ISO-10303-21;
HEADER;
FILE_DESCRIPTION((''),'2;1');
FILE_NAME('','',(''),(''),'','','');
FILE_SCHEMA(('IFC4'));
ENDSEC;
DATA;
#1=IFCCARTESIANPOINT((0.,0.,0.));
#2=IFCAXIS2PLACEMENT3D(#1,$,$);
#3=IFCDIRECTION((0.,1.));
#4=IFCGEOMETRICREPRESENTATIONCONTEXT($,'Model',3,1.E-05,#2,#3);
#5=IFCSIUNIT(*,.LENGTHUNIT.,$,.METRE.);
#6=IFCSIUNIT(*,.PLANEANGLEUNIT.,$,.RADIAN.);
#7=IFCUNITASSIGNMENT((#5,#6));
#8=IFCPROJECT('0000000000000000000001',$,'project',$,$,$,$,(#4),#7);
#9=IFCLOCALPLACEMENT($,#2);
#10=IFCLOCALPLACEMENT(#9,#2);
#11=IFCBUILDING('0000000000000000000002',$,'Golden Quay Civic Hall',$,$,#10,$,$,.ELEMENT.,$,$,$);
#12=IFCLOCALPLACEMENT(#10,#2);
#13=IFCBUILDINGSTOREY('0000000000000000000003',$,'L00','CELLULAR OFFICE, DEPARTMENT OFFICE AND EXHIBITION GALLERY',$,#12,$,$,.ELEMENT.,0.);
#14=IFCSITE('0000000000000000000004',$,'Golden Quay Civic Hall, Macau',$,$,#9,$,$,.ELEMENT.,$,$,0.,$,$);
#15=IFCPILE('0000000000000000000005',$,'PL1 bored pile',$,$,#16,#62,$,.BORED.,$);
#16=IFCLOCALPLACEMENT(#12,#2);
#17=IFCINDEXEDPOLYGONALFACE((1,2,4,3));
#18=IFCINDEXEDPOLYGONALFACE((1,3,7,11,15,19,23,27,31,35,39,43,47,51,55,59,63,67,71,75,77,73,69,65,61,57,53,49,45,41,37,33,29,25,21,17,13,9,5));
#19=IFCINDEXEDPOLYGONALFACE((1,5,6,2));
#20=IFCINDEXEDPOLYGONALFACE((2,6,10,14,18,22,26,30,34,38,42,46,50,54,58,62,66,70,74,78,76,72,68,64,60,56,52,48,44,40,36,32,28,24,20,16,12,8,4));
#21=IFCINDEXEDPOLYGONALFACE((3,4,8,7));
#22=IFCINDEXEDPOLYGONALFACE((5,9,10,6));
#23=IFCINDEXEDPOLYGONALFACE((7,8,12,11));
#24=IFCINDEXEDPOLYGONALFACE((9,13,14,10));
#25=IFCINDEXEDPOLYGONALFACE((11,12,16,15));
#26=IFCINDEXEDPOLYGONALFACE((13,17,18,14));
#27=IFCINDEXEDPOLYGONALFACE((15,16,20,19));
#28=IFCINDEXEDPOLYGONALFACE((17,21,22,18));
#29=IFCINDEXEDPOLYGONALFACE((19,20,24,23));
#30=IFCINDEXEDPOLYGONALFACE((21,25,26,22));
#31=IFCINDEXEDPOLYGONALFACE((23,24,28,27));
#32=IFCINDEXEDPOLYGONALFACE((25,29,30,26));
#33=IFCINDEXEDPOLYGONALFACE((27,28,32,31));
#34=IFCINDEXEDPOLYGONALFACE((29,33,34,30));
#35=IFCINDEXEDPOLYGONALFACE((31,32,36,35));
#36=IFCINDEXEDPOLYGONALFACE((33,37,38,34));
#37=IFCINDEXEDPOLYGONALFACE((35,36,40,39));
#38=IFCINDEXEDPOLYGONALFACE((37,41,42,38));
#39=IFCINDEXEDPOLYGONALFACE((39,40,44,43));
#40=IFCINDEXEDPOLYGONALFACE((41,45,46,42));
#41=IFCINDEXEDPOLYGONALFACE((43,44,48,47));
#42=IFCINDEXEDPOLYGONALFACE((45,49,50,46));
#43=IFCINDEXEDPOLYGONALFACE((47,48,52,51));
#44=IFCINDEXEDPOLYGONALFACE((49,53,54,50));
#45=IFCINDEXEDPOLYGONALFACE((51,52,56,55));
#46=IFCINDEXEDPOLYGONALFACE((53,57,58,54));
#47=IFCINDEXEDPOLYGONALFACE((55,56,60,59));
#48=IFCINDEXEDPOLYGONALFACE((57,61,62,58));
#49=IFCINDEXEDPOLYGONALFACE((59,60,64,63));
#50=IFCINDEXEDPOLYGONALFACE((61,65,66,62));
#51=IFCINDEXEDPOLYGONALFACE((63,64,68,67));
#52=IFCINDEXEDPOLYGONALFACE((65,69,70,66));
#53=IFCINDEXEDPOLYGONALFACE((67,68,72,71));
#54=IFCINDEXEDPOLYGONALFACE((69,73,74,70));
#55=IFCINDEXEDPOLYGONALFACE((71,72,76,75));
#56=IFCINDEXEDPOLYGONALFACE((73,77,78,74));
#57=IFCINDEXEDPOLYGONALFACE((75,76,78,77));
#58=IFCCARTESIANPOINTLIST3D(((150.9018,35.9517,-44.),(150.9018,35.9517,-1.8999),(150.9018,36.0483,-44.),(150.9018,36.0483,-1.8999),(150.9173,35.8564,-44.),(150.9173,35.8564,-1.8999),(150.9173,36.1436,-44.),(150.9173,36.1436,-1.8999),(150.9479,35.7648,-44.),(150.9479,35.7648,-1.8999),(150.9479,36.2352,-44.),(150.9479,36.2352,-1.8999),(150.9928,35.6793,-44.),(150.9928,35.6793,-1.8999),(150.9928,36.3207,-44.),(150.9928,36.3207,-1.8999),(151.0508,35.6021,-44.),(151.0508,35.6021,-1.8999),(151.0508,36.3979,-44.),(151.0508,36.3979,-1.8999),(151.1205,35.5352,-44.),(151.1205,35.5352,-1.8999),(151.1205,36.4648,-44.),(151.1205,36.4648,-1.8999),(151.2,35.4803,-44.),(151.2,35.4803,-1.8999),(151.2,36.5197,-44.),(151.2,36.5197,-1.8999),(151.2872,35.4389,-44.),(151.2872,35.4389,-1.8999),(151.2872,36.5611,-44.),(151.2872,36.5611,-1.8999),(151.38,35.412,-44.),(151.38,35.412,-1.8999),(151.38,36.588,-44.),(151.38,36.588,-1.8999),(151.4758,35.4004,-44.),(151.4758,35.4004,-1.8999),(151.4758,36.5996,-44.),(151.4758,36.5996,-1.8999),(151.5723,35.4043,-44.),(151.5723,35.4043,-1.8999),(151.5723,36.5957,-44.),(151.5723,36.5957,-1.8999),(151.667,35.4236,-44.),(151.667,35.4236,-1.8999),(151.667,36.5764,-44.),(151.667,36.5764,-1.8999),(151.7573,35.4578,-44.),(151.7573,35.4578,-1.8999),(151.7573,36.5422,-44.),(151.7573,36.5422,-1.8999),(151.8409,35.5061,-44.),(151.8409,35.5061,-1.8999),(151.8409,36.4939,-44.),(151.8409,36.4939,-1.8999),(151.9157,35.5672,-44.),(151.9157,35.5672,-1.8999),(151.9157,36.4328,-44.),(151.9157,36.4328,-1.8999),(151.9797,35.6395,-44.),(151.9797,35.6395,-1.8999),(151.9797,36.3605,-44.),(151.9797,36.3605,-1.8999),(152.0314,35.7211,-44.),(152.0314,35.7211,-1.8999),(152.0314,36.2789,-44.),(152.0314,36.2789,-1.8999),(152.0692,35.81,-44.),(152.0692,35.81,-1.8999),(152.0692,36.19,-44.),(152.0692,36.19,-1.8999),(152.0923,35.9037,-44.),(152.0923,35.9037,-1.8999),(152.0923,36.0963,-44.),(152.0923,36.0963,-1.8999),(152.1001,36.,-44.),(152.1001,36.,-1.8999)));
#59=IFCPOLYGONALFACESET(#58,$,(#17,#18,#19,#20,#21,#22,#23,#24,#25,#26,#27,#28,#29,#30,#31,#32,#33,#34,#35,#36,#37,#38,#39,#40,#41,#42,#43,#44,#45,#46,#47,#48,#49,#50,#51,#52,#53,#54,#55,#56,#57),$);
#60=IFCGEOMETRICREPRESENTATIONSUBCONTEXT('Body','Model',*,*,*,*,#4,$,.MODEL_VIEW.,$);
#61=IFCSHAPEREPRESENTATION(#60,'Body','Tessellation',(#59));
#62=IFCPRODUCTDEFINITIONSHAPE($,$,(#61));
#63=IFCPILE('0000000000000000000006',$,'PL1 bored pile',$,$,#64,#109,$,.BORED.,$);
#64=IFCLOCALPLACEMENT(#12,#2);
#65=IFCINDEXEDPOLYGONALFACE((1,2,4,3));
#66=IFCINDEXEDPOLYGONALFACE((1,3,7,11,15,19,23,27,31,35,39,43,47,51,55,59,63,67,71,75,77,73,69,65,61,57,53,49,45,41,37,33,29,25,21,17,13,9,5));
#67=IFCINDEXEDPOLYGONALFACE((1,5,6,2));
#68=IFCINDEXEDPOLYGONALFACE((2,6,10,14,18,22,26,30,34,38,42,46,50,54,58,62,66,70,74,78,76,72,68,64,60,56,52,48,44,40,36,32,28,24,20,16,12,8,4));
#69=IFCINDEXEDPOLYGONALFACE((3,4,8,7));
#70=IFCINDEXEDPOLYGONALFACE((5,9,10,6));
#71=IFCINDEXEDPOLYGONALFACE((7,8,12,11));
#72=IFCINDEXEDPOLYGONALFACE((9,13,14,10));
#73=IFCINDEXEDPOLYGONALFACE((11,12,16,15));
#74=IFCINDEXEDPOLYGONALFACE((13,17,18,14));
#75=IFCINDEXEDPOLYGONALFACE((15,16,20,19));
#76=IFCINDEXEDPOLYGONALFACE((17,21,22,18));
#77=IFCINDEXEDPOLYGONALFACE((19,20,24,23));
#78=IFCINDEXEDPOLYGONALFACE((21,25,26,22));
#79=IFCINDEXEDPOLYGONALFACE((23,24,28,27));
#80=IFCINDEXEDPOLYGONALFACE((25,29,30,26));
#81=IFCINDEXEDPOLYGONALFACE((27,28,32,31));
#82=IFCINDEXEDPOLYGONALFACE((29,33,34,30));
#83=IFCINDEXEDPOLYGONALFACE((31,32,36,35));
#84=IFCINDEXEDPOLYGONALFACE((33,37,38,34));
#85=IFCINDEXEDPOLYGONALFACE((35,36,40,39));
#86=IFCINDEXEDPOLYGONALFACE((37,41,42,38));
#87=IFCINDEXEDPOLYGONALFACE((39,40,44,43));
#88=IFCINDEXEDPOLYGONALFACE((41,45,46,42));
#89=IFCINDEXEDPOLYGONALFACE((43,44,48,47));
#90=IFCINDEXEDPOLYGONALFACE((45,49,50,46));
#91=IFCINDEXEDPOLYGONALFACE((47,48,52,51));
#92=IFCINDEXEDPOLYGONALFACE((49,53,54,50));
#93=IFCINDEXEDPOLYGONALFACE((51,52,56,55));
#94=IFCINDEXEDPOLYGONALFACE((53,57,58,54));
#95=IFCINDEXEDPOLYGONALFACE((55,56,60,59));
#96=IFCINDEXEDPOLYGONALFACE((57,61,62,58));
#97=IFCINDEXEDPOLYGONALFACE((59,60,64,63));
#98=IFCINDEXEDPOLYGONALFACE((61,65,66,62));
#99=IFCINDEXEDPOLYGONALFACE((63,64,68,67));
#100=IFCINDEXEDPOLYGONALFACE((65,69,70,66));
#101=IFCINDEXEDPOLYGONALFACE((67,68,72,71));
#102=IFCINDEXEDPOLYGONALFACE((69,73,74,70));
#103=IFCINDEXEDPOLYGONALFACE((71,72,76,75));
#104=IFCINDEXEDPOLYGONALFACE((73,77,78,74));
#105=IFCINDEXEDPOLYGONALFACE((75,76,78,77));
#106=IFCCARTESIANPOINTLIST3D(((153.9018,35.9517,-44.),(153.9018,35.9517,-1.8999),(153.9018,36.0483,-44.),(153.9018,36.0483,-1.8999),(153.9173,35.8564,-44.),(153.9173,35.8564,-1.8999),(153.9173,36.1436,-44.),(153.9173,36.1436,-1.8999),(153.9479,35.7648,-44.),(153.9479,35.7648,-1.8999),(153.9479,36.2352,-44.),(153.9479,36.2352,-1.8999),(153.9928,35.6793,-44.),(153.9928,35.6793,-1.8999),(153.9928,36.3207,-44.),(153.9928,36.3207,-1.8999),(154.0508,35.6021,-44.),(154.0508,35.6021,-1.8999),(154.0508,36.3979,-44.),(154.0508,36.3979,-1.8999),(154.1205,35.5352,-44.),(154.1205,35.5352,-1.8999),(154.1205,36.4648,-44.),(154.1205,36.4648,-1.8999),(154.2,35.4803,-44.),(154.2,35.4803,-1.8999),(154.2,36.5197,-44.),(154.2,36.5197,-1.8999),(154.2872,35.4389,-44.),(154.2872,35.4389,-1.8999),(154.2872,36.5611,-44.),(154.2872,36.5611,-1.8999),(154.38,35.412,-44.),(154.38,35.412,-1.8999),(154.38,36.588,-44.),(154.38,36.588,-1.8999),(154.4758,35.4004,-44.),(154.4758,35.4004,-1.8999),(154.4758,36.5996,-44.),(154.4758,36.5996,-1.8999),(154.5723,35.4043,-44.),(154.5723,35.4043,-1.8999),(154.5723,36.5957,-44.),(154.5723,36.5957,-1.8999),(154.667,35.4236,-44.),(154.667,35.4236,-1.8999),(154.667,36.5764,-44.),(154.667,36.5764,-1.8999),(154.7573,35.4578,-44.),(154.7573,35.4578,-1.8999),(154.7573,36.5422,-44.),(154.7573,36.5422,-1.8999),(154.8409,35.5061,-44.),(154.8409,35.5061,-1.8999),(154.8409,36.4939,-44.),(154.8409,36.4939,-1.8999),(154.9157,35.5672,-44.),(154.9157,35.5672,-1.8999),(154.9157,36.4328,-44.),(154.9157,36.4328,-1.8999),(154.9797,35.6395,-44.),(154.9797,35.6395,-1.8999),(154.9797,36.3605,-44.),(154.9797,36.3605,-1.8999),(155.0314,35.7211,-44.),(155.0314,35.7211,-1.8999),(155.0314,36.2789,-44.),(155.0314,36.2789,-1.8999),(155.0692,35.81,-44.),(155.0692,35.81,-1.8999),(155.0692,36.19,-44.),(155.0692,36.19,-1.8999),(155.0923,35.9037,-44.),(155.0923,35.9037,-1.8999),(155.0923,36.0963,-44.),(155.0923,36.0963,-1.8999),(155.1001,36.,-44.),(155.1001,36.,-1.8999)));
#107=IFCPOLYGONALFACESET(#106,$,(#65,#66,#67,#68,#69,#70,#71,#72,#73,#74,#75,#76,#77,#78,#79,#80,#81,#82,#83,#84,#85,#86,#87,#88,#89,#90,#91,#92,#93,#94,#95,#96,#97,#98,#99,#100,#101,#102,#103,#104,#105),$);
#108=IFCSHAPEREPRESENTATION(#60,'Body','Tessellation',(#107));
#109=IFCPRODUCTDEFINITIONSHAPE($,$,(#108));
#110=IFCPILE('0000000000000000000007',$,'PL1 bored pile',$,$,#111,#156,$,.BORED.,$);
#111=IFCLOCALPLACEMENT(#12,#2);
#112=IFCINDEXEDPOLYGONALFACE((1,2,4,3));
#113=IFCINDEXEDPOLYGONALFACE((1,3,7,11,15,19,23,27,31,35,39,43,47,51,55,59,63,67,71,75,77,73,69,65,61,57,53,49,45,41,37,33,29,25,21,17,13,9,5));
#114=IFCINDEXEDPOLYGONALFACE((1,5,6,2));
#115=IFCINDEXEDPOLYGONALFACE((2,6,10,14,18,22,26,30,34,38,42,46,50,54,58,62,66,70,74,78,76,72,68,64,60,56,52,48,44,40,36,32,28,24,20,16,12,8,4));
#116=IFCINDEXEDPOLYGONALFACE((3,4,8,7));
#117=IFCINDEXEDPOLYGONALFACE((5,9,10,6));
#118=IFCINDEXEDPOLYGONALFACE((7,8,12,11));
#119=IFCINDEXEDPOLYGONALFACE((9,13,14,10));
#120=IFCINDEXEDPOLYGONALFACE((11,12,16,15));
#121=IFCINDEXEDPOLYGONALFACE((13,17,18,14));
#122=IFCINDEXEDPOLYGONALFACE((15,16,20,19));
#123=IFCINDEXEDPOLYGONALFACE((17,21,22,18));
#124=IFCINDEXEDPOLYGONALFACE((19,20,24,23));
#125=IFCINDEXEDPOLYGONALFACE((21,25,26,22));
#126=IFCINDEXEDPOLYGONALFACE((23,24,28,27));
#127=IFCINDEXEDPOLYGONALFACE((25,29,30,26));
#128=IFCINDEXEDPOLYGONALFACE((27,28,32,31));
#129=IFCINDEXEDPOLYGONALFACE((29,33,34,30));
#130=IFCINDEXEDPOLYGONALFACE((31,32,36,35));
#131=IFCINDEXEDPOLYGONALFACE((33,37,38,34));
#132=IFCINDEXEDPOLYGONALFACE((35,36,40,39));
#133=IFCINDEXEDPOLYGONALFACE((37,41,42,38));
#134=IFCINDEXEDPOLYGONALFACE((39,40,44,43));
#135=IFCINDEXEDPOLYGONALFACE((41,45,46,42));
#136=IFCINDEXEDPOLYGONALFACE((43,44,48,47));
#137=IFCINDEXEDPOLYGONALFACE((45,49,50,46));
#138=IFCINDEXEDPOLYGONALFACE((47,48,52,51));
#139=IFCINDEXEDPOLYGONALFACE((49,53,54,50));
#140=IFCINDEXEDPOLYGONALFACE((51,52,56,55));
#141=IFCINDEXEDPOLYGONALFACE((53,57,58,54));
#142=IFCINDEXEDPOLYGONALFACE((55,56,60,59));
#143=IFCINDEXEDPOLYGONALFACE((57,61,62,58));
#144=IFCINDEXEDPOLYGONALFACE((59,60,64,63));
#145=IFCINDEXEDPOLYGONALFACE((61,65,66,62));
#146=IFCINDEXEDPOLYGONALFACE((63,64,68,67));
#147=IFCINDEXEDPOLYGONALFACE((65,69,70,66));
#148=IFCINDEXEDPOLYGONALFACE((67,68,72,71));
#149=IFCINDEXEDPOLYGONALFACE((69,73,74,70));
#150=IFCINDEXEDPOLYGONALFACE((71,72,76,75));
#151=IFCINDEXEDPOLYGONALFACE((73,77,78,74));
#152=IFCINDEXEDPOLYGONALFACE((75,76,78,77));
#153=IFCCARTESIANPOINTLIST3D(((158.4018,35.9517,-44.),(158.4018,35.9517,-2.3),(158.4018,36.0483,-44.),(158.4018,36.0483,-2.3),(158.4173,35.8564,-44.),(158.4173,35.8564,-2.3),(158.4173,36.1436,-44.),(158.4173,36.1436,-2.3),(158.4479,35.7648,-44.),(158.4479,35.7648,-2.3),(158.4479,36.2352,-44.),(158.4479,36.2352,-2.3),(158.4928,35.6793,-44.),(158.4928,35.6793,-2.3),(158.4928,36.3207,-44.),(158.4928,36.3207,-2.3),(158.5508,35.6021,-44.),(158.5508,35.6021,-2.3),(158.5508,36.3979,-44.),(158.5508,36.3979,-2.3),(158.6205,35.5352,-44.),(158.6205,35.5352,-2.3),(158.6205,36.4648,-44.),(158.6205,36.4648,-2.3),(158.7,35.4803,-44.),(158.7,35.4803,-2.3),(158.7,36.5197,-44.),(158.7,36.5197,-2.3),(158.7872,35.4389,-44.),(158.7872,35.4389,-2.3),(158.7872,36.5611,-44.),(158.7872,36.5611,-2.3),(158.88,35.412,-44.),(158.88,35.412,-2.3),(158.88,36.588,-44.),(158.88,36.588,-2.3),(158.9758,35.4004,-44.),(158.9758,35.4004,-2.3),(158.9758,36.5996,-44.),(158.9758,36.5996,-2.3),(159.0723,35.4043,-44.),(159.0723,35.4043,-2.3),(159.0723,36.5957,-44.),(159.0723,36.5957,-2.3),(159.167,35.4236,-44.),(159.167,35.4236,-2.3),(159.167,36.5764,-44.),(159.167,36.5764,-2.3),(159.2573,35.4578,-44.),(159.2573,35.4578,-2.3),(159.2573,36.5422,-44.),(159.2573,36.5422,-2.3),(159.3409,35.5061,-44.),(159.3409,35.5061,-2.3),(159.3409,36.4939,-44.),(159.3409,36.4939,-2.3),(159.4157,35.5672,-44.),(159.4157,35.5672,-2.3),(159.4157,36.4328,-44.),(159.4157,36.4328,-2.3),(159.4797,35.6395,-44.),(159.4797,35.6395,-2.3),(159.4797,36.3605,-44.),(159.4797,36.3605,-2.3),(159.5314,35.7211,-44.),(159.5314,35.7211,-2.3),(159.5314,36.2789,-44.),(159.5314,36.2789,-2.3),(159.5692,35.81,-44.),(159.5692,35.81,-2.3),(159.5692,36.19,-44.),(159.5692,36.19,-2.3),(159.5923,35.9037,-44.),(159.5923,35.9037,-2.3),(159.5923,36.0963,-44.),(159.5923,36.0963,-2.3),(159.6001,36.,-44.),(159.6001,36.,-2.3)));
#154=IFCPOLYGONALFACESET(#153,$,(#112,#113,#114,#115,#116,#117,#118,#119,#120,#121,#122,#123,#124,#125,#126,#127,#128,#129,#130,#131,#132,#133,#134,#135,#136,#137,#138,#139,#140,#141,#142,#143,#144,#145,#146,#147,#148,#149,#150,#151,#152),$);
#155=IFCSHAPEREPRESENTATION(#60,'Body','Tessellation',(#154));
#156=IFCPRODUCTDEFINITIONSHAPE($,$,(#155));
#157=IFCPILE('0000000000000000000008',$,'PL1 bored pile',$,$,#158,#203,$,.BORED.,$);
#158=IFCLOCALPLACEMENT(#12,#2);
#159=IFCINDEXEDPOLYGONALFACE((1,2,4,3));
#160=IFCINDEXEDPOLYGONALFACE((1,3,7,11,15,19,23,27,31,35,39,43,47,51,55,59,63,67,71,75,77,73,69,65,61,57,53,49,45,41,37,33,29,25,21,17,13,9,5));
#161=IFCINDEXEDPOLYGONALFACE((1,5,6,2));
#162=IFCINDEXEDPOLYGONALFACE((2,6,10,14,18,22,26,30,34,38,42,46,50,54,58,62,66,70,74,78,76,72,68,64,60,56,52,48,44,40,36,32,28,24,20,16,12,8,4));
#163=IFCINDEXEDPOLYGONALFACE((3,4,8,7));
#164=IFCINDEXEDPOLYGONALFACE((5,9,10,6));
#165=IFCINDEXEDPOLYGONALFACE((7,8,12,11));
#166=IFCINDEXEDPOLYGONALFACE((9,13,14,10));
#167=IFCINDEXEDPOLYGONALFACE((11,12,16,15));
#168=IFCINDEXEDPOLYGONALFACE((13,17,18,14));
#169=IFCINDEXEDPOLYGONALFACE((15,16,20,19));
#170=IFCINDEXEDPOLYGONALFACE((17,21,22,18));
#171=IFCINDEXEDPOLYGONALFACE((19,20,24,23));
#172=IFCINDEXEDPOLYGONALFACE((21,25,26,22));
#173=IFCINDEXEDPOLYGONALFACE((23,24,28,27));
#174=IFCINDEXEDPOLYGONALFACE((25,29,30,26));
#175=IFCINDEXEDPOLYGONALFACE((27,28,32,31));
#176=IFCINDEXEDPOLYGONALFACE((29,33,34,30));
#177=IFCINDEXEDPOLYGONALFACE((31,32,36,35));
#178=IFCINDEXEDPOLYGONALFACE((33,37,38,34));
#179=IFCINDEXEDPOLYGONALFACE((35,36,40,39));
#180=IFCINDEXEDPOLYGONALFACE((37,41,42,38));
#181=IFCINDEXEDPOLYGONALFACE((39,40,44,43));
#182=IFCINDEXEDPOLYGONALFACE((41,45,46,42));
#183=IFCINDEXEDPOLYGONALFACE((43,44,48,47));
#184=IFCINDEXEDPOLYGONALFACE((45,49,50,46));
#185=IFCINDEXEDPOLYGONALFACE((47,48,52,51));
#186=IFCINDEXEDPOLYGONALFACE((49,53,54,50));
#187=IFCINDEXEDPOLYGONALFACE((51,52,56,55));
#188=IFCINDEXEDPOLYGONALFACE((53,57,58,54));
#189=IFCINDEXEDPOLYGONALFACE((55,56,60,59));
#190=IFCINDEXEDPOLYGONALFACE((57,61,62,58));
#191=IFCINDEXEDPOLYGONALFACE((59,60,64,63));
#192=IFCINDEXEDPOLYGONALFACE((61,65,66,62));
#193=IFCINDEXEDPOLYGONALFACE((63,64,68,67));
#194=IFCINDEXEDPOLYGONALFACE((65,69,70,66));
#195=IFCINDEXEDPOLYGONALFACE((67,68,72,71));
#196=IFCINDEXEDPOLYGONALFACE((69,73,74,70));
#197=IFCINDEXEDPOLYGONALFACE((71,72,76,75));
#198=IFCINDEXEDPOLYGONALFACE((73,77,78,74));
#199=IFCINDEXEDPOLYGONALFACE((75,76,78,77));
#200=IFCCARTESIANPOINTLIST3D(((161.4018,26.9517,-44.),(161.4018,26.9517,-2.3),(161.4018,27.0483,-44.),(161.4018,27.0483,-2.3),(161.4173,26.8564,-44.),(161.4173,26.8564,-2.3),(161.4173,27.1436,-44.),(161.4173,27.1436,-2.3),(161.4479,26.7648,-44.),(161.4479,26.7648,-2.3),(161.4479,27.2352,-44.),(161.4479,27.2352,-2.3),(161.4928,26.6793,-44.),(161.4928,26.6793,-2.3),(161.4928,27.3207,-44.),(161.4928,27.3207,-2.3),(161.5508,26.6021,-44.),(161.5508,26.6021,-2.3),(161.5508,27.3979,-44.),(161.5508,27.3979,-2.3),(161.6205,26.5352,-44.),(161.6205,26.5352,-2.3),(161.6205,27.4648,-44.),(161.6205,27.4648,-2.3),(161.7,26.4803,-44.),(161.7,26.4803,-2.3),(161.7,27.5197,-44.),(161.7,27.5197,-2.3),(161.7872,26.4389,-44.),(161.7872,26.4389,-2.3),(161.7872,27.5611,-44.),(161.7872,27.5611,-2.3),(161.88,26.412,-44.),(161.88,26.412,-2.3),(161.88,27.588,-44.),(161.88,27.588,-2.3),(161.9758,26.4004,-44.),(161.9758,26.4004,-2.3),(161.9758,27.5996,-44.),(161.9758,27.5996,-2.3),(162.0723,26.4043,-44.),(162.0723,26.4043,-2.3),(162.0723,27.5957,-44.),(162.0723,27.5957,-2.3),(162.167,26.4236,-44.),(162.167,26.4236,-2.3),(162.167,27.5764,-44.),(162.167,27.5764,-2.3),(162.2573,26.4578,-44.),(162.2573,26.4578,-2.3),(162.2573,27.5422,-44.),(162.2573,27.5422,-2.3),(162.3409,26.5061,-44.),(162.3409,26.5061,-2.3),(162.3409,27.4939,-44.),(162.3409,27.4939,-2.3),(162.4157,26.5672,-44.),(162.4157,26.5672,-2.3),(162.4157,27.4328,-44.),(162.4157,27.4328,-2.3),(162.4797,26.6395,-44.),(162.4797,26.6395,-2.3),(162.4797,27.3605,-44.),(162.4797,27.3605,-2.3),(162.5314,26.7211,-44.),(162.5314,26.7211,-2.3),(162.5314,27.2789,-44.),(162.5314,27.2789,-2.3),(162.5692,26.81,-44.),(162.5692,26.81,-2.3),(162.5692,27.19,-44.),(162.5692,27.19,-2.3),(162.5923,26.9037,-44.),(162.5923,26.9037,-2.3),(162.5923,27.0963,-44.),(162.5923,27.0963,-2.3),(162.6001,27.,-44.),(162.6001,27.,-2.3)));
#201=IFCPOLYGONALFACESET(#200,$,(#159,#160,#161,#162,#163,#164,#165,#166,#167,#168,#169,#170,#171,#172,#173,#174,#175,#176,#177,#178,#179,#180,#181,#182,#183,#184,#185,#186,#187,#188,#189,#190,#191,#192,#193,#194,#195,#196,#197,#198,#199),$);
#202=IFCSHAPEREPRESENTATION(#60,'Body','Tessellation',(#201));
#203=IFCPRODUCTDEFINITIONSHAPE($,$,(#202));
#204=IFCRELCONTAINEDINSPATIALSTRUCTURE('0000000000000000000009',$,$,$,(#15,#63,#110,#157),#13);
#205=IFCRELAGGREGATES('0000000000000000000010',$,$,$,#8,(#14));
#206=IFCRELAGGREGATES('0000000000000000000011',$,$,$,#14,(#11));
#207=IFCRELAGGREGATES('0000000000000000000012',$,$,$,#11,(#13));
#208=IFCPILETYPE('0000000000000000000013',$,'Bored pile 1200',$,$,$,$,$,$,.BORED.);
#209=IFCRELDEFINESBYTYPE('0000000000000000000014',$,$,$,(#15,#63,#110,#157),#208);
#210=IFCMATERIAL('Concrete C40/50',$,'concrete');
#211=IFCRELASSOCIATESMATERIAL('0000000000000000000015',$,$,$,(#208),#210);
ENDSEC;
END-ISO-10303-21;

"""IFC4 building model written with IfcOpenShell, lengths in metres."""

from ifc_helpers import new_model, si_unit, direction, frame, origin, origin_2d, place, context, subcontext, project, spatial, circle, extrude, material, material_profile, profile_set, type_object, element, save


model = new_model("IFC4")

# Units and contexts
model_context = context("Model", 3, precision=1e-05, world=origin(), true_north=direction((0.0, 1.0)))
body_context = subcontext(model_context, "Body", "Model", "MODEL_VIEW")
ifc_project = project(units=[si_unit("LENGTHUNIT", "METRE"), si_unit("PLANEANGLEUNIT", "RADIAN")], contexts=[model_context])

# Site, building, storey
site_placement = place(None, origin())
site = spatial("IfcSite", under=ifc_project, at=site_placement, Name="Golden Quay Civic Hall, Macau", CompositionType="ELEMENT", RefElevation=0.0)
building_placement = place(site_placement, origin())
building = spatial("IfcBuilding", under=site, at=building_placement, Name="Golden Quay Civic Hall", CompositionType="ELEMENT")
storey_placement = place(building_placement, origin())
storey = spatial("IfcBuildingStorey", under=building, at=storey_placement, Name="L00", Description="CELLULAR OFFICE, DEPARTMENT OFFICE AND EXHIBITION GALLERY", CompositionType="ELEMENT", Elevation=0.0)

# Piles
ifc_material_1 = material(Name="Concrete C40/50", Category="concrete")
ifc_material_profile_1 = material_profile(ifc_material_1, circle(Radius=0.6001, at=origin_2d()), Name="RC D1200")
ifc_profile_set_1 = profile_set([ifc_material_profile_1], Name="Concrete C40/50")
pile_type = type_object("IfcPileType", Name="Bored pile 1200", PredefinedType="BORED", material=ifc_profile_set_1)
for number, where, z_axis, x_axis, name in (
    (1, (151.5, 36.0, -1.8999), (0.0, 0.0, -1.0), (1.0, 0.0, 0.0), "PL1 bored pile"),
    (2, (154.5, 36.0, -1.8999), (0.0, 0.0, -1.0), (1.0, 0.0, 0.0), "PL1 bored pile"),
):
    element("IfcPile", number, at=place(storey_placement, frame(where, z_axis=z_axis, x_axis=x_axis)), inside=storey, type_object=pile_type, Name=name, PredefinedType="BORED", context=body_context, shape_type="SweptSolid", body=[
        extrude(circle(Radius=0.6001, at=origin_2d()), origin(), (0.0, 0.0, 1.0), 42.1001),
    ])
for number, where, z_axis, x_axis, name in (
    (3, (159.0, 36.0, -2.3), (0.0, 0.0, -1.0), (1.0, 0.0, 0.0), "PL1 bored pile"),
    (4, (162.0, 27.0, -2.3), (0.0, 0.0, -1.0), (1.0, 0.0, 0.0), "PL1 bored pile"),
):
    element("IfcPile", number, at=place(storey_placement, frame(where, z_axis=z_axis, x_axis=x_axis)), inside=storey, type_object=pile_type, Name=name, PredefinedType="BORED", context=body_context, shape_type="SweptSolid", body=[
        extrude(circle(Radius=0.6001, at=origin_2d()), origin(), (0.0, 0.0, 1.0), 41.7),
    ])

save(model, "model.ifc")
